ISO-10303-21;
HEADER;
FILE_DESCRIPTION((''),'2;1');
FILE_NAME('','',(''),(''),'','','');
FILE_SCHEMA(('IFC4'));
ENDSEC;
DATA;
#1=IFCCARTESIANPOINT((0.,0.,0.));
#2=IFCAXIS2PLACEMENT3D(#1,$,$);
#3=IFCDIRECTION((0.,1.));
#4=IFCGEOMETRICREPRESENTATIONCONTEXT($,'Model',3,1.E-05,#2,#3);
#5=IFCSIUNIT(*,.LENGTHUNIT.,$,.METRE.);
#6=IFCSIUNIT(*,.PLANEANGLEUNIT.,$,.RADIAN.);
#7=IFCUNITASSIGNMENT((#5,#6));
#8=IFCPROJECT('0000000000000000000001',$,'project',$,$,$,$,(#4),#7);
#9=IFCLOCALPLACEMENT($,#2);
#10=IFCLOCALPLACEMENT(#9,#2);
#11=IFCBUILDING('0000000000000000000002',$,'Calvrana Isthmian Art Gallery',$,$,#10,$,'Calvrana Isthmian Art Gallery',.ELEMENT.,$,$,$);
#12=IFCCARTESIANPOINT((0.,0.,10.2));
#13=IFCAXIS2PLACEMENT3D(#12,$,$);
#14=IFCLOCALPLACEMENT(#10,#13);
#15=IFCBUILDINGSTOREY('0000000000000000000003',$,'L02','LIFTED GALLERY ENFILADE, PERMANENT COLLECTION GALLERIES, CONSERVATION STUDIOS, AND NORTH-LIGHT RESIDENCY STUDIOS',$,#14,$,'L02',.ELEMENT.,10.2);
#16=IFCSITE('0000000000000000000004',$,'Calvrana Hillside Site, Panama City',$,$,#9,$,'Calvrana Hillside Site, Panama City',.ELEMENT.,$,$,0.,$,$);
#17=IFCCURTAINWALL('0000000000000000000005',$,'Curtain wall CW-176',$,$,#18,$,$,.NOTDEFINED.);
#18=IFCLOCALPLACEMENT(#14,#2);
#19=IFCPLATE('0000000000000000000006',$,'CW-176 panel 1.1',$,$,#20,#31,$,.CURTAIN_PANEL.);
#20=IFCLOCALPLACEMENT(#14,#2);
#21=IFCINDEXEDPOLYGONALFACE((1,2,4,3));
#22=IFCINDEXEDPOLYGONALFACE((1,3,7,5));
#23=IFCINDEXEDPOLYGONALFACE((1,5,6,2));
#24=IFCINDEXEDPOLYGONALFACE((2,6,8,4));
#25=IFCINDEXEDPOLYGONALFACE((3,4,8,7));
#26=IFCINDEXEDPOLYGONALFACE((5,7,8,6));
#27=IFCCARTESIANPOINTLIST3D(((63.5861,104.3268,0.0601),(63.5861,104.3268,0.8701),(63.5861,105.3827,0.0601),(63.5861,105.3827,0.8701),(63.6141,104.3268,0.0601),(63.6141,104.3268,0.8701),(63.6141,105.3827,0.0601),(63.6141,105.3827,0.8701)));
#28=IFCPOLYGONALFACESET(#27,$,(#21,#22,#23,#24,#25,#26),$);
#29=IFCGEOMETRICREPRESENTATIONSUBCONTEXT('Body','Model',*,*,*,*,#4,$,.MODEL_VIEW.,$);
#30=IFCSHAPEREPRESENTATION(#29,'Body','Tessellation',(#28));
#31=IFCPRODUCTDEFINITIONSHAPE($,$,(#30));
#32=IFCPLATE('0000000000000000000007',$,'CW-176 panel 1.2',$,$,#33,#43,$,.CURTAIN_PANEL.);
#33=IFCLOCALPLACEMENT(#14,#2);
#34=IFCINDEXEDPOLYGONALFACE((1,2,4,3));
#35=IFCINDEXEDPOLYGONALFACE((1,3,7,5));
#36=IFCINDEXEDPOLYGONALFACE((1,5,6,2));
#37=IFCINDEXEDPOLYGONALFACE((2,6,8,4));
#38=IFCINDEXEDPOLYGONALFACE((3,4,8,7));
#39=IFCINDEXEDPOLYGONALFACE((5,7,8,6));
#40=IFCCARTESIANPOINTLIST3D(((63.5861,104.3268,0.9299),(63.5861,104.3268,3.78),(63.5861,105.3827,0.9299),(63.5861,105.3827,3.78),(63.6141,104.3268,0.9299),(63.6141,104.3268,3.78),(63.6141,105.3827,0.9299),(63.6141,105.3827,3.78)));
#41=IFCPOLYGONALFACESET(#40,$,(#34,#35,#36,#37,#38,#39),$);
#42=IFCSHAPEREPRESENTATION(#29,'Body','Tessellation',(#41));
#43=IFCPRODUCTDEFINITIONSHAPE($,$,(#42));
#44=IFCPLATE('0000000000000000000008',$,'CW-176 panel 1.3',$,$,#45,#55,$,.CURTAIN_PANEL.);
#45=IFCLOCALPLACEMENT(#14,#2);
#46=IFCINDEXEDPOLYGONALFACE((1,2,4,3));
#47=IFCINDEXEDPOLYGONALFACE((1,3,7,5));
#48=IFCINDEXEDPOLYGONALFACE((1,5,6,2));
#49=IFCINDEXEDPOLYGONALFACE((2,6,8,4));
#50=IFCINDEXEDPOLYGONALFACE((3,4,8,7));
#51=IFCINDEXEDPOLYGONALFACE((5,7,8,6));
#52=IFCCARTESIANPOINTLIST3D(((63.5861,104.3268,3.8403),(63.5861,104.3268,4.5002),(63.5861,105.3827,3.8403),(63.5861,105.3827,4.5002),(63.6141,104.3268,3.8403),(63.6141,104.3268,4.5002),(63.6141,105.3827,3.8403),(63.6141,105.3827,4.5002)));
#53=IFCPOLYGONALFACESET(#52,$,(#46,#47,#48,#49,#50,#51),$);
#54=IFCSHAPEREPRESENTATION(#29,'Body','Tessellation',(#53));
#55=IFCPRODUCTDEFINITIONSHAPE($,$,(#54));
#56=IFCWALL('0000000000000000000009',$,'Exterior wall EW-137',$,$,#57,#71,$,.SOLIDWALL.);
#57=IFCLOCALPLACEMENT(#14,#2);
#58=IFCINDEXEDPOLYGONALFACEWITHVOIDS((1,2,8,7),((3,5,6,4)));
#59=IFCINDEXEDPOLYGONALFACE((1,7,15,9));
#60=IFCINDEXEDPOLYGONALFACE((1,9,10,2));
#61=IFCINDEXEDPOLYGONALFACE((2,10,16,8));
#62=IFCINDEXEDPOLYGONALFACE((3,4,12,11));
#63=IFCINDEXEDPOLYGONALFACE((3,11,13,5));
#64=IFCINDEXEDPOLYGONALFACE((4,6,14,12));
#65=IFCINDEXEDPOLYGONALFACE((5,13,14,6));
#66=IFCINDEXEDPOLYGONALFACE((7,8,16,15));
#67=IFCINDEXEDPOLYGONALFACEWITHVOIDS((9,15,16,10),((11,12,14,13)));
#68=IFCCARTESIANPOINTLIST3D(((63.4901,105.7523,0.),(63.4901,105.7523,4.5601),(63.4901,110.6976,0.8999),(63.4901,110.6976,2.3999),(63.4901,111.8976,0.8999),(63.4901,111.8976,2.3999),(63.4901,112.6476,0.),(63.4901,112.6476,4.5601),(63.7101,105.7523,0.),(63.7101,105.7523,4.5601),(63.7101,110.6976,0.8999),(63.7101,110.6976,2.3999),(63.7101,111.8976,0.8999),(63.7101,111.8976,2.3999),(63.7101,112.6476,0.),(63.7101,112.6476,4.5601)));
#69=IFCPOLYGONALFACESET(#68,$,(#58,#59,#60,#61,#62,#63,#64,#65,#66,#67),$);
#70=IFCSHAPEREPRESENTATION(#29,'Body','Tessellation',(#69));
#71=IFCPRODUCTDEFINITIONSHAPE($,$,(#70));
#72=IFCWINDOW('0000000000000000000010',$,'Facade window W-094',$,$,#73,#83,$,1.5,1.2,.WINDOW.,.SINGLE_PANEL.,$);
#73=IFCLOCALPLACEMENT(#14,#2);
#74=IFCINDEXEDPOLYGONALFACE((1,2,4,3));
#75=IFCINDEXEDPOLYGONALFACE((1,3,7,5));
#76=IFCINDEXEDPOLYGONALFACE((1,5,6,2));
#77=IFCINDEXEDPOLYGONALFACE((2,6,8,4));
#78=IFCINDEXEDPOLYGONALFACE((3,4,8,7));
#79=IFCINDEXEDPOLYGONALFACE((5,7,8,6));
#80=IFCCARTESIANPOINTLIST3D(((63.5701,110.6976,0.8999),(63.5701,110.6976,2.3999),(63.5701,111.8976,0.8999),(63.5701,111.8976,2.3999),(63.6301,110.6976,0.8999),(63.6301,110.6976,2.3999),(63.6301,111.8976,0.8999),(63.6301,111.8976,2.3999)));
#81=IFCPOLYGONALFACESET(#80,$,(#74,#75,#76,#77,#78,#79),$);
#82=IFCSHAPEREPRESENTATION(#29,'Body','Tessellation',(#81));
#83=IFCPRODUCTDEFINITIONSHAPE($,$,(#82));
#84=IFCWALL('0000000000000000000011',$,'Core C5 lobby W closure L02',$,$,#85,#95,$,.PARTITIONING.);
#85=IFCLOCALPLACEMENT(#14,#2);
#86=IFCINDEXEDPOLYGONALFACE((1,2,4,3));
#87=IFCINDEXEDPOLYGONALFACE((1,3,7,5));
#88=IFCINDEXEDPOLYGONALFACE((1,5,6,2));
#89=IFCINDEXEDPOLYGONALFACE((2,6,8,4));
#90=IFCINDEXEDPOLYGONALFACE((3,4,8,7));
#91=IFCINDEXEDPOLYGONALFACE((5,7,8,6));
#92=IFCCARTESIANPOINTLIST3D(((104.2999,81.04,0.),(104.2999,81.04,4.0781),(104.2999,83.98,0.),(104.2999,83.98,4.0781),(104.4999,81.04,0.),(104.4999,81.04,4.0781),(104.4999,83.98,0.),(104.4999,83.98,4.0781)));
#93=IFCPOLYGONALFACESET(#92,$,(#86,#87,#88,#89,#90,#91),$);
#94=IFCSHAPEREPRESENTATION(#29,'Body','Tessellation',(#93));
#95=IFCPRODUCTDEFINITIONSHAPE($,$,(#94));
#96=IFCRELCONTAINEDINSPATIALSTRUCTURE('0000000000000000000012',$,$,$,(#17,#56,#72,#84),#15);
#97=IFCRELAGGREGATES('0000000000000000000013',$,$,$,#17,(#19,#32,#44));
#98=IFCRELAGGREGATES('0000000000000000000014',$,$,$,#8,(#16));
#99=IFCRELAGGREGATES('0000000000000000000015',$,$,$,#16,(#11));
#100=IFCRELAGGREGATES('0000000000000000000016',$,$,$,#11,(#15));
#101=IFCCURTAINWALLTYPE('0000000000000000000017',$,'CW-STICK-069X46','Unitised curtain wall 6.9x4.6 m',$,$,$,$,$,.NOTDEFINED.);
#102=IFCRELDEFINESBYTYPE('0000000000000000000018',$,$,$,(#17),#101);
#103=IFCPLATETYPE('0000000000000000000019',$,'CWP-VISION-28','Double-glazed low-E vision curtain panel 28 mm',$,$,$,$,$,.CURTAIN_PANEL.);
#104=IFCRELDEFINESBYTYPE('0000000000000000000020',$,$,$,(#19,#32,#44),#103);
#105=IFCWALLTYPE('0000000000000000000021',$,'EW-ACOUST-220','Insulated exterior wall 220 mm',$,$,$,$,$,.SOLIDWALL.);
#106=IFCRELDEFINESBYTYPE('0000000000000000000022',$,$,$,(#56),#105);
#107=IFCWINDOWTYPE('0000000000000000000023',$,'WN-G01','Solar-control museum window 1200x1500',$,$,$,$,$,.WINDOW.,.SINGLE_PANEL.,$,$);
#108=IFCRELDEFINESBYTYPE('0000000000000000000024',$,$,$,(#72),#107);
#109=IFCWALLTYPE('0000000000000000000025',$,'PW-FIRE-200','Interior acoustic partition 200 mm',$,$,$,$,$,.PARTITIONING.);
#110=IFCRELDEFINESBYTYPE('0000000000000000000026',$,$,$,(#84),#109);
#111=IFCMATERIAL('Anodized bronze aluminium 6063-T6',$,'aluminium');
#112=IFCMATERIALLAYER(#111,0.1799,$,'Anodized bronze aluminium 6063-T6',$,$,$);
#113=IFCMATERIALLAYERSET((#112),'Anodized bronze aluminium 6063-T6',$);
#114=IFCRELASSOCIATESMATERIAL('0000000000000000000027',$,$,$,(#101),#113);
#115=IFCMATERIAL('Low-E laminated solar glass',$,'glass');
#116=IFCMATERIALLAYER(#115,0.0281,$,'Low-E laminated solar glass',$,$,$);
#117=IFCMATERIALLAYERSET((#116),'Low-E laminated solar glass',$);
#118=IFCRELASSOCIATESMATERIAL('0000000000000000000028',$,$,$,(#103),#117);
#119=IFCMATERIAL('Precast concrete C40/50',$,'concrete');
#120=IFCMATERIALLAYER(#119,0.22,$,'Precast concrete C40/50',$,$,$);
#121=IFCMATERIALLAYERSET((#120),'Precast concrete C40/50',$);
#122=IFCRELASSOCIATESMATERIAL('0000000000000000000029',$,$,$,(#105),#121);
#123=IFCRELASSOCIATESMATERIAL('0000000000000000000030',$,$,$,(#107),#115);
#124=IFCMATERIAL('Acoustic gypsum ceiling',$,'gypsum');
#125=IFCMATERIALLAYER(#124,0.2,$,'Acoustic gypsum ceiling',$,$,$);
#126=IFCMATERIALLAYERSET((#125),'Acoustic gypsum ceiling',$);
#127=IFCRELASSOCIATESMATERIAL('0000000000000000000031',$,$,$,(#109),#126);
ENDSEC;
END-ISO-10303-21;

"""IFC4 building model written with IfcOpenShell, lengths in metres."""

from ifc_helpers import new_model, si_unit, direction, frame, frame_2d, origin, origin_2d, place, context, subcontext, project, spatial, rectangle, extrude, material, layer, layer_set, type_object, element, fill, aggregate, save


model = new_model("IFC4")

# Units and contexts
model_context = context("Model", 3, precision=1e-05, world=origin(), true_north=direction((0.0, 1.0)))
body_context = subcontext(model_context, "Body", "Model", "MODEL_VIEW")
ifc_project = project(units=[si_unit("LENGTHUNIT", "METRE"), si_unit("PLANEANGLEUNIT", "RADIAN")], contexts=[model_context])

# Site, building, storey
site_placement = place(None, origin())
site = spatial("IfcSite", under=ifc_project, at=site_placement, Name="Calvrana Hillside Site, Panama City", LongName="Calvrana Hillside Site, Panama City", CompositionType="ELEMENT", RefElevation=0.0)
building_placement = place(site_placement, origin())
building = spatial("IfcBuilding", under=site, at=building_placement, Name="Calvrana Isthmian Art Gallery", LongName="Calvrana Isthmian Art Gallery", CompositionType="ELEMENT")
storey_placement = place(building_placement, frame((0.0, 0.0, 10.2)))
storey = spatial("IfcBuildingStorey", under=building, at=storey_placement, Name="L02", Description="LIFTED GALLERY ENFILADE, PERMANENT COLLECTION GALLERIES, CONSERVATION STUDIOS, AND NORTH-LIGHT RESIDENCY STUDIOS", LongName="L02", CompositionType="ELEMENT", Elevation=10.2)

# Shared definitions
ifc_material_1 = material(Name="Anodized bronze aluminium 6063-T6", Category="aluminium")

# Curtain wall
ifc_layer_1 = layer(ifc_material_1, 0.1799, Name="Anodized bronze aluminium 6063-T6")
ifc_layer_set_1 = layer_set([ifc_layer_1], Name="Anodized bronze aluminium 6063-T6")
curtain_wall_type_1 = type_object("IfcCurtainWallType", Name="CW-STICK-069X46", Description="Unitised curtain wall 6.9x4.6 m", PredefinedType="NOTDEFINED", material=ifc_layer_set_1)
curtain_wall_1_placement = place(storey_placement, origin())
curtain_wall_1 = element("IfcCurtainWall", 1, at=curtain_wall_1_placement, inside=storey, type_object=curtain_wall_type_1, Name="Curtain wall CW-176", PredefinedType="NOTDEFINED")

# Plates
ifc_material_2 = material(Name="Low-E laminated solar glass", Category="glass")
ifc_layer_2 = layer(ifc_material_2, 0.0281, Name="Low-E laminated solar glass")
ifc_layer_set_2 = layer_set([ifc_layer_2], Name="Low-E laminated solar glass")
plate_type_1 = type_object("IfcPlateType", Name="CWP-VISION-28", Description="Double-glazed low-E vision curtain panel 28 mm", PredefinedType="CURTAIN_PANEL", material=ifc_layer_set_2)
plate_1_placement = place(storey_placement, frame((63.6001, 104.8547, 0.0601), z_axis=(0.0, 0.0, 1.0), x_axis=(0.0, -1.0, 0.0)))
plate_1 = element("IfcPlate", 2, at=plate_1_placement, type_object=plate_type_1, Name="CW-176 panel 1.1", PredefinedType="CURTAIN_PANEL", context=body_context, shape_type="SweptSolid", body=[
    extrude(rectangle(XDim=1.0559, YDim=0.0281, at=origin_2d()), origin(), (0.0, 0.0, 1.0), 0.8101),
])
plate_2_placement = place(storey_placement, frame((63.6001, 104.8547, 0.9299), z_axis=(0.0, 0.0, 1.0), x_axis=(0.0, -1.0, 0.0)))
plate_2 = element("IfcPlate", 3, at=plate_2_placement, type_object=plate_type_1, Name="CW-176 panel 1.2", PredefinedType="CURTAIN_PANEL", context=body_context, shape_type="SweptSolid", body=[
    extrude(rectangle(XDim=1.0559, YDim=0.0281, at=origin_2d()), origin(), (0.0, 0.0, 1.0), 2.8501),
])
plate_3_placement = place(storey_placement, frame((63.6001, 104.8547, 3.8403), z_axis=(0.0, 0.0, 1.0), x_axis=(0.0, -1.0, 0.0)))
plate_3 = element("IfcPlate", 4, at=plate_3_placement, type_object=plate_type_1, Name="CW-176 panel 1.3", PredefinedType="CURTAIN_PANEL", context=body_context, shape_type="SweptSolid", body=[
    extrude(rectangle(XDim=1.0559, YDim=0.0281, at=origin_2d()), origin(), (0.0, 0.0, 1.0), 0.6599),
])
aggregate(curtain_wall_1, [plate_1, plate_2, plate_3])

# Wall, opening, window
ifc_material_3 = material(Name="Precast concrete C40/50", Category="concrete")
ifc_layer_3 = layer(ifc_material_3, 0.22, Name="Precast concrete C40/50")
ifc_layer_set_3 = layer_set([ifc_layer_3], Name="Precast concrete C40/50")
wall_type_1 = type_object("IfcWallType", Name="EW-ACOUST-220", Description="Insulated exterior wall 220 mm", PredefinedType="SOLIDWALL", material=ifc_layer_set_3)
wall_1_placement = place(storey_placement, frame((63.6001, 112.6477, 0.0), z_axis=(0.0, 0.0, 1.0), x_axis=(0.0, -1.0, 0.0)))
wall_1 = element("IfcWall", 5, at=wall_1_placement, inside=storey, type_object=wall_type_1, Name="Exterior wall EW-137", PredefinedType="SOLIDWALL", context=body_context, shape_type="SweptSolid", body=[
    extrude(rectangle(XDim=6.8953, YDim=0.22, at=frame_2d((3.4478, 0.0))), origin(), (0.0, 0.0, 1.0), 4.5601),
])
opening_placement = place(wall_1_placement, frame((0.75, 0.0, 0.8999)))
opening = element("IfcOpeningElement", 6, at=opening_placement, cuts=wall_1, PredefinedType="OPENING", context=body_context, shape_type="SweptSolid", body=[
    extrude(rectangle(XDim=1.2, YDim=1.5, at=frame_2d((0.6001, 0.75))), frame((0.0, 0.1201, 0.0), z_axis=(0.0, -1.0, 0.0), x_axis=(1.0, 0.0, 0.0)), (0.0, 0.0, 1.0), 0.2405),
])
window_type = type_object("IfcWindowType", Name="WN-G01", Description="Solar-control museum window 1200x1500", PartitioningType="SINGLE_PANEL", PredefinedType="WINDOW", material=ifc_material_2)
window_placement = place(opening_placement, origin())
window = element("IfcWindow", 7, at=window_placement, inside=storey, type_object=window_type, Name="Facade window W-094", OverallHeight=1.5, OverallWidth=1.2, PartitioningType="SINGLE_PANEL", PredefinedType="WINDOW", context=body_context, shape_type="SweptSolid", body=[
    extrude(rectangle(XDim=1.2, YDim=1.5, at=frame_2d((0.6001, 0.75))), frame((0.0, 0.03, 0.0), z_axis=(0.0, -1.0, 0.0), x_axis=(1.0, 0.0, 0.0)), (0.0, 0.0, 1.0), 0.0601),
])
fill(opening, window)

# Wall
ifc_material_4 = material(Name="Acoustic gypsum ceiling", Category="gypsum")
ifc_layer_4 = layer(ifc_material_4, 0.2, Name="Acoustic gypsum ceiling")
ifc_layer_set_4 = layer_set([ifc_layer_4], Name="Acoustic gypsum ceiling")
wall_type_2 = type_object("IfcWallType", Name="PW-FIRE-200", Description="Interior acoustic partition 200 mm", PredefinedType="PARTITIONING", material=ifc_layer_set_4)
wall_2_placement = place(storey_placement, frame((104.3999, 81.04, 0.0), z_axis=(0.0, 0.0, 1.0), x_axis=(0.0, 1.0, 0.0)))
element("IfcWall", 8, at=wall_2_placement, inside=storey, type_object=wall_type_2, Name="Core C5 lobby W closure L02", PredefinedType="PARTITIONING", context=body_context, shape_type="SweptSolid", body=[
    extrude(rectangle(XDim=2.9399, YDim=0.2, at=frame_2d((1.47, 0.0))), origin(), (0.0, 0.0, 1.0), 4.0781),
])

save(model, "model.ifc")
